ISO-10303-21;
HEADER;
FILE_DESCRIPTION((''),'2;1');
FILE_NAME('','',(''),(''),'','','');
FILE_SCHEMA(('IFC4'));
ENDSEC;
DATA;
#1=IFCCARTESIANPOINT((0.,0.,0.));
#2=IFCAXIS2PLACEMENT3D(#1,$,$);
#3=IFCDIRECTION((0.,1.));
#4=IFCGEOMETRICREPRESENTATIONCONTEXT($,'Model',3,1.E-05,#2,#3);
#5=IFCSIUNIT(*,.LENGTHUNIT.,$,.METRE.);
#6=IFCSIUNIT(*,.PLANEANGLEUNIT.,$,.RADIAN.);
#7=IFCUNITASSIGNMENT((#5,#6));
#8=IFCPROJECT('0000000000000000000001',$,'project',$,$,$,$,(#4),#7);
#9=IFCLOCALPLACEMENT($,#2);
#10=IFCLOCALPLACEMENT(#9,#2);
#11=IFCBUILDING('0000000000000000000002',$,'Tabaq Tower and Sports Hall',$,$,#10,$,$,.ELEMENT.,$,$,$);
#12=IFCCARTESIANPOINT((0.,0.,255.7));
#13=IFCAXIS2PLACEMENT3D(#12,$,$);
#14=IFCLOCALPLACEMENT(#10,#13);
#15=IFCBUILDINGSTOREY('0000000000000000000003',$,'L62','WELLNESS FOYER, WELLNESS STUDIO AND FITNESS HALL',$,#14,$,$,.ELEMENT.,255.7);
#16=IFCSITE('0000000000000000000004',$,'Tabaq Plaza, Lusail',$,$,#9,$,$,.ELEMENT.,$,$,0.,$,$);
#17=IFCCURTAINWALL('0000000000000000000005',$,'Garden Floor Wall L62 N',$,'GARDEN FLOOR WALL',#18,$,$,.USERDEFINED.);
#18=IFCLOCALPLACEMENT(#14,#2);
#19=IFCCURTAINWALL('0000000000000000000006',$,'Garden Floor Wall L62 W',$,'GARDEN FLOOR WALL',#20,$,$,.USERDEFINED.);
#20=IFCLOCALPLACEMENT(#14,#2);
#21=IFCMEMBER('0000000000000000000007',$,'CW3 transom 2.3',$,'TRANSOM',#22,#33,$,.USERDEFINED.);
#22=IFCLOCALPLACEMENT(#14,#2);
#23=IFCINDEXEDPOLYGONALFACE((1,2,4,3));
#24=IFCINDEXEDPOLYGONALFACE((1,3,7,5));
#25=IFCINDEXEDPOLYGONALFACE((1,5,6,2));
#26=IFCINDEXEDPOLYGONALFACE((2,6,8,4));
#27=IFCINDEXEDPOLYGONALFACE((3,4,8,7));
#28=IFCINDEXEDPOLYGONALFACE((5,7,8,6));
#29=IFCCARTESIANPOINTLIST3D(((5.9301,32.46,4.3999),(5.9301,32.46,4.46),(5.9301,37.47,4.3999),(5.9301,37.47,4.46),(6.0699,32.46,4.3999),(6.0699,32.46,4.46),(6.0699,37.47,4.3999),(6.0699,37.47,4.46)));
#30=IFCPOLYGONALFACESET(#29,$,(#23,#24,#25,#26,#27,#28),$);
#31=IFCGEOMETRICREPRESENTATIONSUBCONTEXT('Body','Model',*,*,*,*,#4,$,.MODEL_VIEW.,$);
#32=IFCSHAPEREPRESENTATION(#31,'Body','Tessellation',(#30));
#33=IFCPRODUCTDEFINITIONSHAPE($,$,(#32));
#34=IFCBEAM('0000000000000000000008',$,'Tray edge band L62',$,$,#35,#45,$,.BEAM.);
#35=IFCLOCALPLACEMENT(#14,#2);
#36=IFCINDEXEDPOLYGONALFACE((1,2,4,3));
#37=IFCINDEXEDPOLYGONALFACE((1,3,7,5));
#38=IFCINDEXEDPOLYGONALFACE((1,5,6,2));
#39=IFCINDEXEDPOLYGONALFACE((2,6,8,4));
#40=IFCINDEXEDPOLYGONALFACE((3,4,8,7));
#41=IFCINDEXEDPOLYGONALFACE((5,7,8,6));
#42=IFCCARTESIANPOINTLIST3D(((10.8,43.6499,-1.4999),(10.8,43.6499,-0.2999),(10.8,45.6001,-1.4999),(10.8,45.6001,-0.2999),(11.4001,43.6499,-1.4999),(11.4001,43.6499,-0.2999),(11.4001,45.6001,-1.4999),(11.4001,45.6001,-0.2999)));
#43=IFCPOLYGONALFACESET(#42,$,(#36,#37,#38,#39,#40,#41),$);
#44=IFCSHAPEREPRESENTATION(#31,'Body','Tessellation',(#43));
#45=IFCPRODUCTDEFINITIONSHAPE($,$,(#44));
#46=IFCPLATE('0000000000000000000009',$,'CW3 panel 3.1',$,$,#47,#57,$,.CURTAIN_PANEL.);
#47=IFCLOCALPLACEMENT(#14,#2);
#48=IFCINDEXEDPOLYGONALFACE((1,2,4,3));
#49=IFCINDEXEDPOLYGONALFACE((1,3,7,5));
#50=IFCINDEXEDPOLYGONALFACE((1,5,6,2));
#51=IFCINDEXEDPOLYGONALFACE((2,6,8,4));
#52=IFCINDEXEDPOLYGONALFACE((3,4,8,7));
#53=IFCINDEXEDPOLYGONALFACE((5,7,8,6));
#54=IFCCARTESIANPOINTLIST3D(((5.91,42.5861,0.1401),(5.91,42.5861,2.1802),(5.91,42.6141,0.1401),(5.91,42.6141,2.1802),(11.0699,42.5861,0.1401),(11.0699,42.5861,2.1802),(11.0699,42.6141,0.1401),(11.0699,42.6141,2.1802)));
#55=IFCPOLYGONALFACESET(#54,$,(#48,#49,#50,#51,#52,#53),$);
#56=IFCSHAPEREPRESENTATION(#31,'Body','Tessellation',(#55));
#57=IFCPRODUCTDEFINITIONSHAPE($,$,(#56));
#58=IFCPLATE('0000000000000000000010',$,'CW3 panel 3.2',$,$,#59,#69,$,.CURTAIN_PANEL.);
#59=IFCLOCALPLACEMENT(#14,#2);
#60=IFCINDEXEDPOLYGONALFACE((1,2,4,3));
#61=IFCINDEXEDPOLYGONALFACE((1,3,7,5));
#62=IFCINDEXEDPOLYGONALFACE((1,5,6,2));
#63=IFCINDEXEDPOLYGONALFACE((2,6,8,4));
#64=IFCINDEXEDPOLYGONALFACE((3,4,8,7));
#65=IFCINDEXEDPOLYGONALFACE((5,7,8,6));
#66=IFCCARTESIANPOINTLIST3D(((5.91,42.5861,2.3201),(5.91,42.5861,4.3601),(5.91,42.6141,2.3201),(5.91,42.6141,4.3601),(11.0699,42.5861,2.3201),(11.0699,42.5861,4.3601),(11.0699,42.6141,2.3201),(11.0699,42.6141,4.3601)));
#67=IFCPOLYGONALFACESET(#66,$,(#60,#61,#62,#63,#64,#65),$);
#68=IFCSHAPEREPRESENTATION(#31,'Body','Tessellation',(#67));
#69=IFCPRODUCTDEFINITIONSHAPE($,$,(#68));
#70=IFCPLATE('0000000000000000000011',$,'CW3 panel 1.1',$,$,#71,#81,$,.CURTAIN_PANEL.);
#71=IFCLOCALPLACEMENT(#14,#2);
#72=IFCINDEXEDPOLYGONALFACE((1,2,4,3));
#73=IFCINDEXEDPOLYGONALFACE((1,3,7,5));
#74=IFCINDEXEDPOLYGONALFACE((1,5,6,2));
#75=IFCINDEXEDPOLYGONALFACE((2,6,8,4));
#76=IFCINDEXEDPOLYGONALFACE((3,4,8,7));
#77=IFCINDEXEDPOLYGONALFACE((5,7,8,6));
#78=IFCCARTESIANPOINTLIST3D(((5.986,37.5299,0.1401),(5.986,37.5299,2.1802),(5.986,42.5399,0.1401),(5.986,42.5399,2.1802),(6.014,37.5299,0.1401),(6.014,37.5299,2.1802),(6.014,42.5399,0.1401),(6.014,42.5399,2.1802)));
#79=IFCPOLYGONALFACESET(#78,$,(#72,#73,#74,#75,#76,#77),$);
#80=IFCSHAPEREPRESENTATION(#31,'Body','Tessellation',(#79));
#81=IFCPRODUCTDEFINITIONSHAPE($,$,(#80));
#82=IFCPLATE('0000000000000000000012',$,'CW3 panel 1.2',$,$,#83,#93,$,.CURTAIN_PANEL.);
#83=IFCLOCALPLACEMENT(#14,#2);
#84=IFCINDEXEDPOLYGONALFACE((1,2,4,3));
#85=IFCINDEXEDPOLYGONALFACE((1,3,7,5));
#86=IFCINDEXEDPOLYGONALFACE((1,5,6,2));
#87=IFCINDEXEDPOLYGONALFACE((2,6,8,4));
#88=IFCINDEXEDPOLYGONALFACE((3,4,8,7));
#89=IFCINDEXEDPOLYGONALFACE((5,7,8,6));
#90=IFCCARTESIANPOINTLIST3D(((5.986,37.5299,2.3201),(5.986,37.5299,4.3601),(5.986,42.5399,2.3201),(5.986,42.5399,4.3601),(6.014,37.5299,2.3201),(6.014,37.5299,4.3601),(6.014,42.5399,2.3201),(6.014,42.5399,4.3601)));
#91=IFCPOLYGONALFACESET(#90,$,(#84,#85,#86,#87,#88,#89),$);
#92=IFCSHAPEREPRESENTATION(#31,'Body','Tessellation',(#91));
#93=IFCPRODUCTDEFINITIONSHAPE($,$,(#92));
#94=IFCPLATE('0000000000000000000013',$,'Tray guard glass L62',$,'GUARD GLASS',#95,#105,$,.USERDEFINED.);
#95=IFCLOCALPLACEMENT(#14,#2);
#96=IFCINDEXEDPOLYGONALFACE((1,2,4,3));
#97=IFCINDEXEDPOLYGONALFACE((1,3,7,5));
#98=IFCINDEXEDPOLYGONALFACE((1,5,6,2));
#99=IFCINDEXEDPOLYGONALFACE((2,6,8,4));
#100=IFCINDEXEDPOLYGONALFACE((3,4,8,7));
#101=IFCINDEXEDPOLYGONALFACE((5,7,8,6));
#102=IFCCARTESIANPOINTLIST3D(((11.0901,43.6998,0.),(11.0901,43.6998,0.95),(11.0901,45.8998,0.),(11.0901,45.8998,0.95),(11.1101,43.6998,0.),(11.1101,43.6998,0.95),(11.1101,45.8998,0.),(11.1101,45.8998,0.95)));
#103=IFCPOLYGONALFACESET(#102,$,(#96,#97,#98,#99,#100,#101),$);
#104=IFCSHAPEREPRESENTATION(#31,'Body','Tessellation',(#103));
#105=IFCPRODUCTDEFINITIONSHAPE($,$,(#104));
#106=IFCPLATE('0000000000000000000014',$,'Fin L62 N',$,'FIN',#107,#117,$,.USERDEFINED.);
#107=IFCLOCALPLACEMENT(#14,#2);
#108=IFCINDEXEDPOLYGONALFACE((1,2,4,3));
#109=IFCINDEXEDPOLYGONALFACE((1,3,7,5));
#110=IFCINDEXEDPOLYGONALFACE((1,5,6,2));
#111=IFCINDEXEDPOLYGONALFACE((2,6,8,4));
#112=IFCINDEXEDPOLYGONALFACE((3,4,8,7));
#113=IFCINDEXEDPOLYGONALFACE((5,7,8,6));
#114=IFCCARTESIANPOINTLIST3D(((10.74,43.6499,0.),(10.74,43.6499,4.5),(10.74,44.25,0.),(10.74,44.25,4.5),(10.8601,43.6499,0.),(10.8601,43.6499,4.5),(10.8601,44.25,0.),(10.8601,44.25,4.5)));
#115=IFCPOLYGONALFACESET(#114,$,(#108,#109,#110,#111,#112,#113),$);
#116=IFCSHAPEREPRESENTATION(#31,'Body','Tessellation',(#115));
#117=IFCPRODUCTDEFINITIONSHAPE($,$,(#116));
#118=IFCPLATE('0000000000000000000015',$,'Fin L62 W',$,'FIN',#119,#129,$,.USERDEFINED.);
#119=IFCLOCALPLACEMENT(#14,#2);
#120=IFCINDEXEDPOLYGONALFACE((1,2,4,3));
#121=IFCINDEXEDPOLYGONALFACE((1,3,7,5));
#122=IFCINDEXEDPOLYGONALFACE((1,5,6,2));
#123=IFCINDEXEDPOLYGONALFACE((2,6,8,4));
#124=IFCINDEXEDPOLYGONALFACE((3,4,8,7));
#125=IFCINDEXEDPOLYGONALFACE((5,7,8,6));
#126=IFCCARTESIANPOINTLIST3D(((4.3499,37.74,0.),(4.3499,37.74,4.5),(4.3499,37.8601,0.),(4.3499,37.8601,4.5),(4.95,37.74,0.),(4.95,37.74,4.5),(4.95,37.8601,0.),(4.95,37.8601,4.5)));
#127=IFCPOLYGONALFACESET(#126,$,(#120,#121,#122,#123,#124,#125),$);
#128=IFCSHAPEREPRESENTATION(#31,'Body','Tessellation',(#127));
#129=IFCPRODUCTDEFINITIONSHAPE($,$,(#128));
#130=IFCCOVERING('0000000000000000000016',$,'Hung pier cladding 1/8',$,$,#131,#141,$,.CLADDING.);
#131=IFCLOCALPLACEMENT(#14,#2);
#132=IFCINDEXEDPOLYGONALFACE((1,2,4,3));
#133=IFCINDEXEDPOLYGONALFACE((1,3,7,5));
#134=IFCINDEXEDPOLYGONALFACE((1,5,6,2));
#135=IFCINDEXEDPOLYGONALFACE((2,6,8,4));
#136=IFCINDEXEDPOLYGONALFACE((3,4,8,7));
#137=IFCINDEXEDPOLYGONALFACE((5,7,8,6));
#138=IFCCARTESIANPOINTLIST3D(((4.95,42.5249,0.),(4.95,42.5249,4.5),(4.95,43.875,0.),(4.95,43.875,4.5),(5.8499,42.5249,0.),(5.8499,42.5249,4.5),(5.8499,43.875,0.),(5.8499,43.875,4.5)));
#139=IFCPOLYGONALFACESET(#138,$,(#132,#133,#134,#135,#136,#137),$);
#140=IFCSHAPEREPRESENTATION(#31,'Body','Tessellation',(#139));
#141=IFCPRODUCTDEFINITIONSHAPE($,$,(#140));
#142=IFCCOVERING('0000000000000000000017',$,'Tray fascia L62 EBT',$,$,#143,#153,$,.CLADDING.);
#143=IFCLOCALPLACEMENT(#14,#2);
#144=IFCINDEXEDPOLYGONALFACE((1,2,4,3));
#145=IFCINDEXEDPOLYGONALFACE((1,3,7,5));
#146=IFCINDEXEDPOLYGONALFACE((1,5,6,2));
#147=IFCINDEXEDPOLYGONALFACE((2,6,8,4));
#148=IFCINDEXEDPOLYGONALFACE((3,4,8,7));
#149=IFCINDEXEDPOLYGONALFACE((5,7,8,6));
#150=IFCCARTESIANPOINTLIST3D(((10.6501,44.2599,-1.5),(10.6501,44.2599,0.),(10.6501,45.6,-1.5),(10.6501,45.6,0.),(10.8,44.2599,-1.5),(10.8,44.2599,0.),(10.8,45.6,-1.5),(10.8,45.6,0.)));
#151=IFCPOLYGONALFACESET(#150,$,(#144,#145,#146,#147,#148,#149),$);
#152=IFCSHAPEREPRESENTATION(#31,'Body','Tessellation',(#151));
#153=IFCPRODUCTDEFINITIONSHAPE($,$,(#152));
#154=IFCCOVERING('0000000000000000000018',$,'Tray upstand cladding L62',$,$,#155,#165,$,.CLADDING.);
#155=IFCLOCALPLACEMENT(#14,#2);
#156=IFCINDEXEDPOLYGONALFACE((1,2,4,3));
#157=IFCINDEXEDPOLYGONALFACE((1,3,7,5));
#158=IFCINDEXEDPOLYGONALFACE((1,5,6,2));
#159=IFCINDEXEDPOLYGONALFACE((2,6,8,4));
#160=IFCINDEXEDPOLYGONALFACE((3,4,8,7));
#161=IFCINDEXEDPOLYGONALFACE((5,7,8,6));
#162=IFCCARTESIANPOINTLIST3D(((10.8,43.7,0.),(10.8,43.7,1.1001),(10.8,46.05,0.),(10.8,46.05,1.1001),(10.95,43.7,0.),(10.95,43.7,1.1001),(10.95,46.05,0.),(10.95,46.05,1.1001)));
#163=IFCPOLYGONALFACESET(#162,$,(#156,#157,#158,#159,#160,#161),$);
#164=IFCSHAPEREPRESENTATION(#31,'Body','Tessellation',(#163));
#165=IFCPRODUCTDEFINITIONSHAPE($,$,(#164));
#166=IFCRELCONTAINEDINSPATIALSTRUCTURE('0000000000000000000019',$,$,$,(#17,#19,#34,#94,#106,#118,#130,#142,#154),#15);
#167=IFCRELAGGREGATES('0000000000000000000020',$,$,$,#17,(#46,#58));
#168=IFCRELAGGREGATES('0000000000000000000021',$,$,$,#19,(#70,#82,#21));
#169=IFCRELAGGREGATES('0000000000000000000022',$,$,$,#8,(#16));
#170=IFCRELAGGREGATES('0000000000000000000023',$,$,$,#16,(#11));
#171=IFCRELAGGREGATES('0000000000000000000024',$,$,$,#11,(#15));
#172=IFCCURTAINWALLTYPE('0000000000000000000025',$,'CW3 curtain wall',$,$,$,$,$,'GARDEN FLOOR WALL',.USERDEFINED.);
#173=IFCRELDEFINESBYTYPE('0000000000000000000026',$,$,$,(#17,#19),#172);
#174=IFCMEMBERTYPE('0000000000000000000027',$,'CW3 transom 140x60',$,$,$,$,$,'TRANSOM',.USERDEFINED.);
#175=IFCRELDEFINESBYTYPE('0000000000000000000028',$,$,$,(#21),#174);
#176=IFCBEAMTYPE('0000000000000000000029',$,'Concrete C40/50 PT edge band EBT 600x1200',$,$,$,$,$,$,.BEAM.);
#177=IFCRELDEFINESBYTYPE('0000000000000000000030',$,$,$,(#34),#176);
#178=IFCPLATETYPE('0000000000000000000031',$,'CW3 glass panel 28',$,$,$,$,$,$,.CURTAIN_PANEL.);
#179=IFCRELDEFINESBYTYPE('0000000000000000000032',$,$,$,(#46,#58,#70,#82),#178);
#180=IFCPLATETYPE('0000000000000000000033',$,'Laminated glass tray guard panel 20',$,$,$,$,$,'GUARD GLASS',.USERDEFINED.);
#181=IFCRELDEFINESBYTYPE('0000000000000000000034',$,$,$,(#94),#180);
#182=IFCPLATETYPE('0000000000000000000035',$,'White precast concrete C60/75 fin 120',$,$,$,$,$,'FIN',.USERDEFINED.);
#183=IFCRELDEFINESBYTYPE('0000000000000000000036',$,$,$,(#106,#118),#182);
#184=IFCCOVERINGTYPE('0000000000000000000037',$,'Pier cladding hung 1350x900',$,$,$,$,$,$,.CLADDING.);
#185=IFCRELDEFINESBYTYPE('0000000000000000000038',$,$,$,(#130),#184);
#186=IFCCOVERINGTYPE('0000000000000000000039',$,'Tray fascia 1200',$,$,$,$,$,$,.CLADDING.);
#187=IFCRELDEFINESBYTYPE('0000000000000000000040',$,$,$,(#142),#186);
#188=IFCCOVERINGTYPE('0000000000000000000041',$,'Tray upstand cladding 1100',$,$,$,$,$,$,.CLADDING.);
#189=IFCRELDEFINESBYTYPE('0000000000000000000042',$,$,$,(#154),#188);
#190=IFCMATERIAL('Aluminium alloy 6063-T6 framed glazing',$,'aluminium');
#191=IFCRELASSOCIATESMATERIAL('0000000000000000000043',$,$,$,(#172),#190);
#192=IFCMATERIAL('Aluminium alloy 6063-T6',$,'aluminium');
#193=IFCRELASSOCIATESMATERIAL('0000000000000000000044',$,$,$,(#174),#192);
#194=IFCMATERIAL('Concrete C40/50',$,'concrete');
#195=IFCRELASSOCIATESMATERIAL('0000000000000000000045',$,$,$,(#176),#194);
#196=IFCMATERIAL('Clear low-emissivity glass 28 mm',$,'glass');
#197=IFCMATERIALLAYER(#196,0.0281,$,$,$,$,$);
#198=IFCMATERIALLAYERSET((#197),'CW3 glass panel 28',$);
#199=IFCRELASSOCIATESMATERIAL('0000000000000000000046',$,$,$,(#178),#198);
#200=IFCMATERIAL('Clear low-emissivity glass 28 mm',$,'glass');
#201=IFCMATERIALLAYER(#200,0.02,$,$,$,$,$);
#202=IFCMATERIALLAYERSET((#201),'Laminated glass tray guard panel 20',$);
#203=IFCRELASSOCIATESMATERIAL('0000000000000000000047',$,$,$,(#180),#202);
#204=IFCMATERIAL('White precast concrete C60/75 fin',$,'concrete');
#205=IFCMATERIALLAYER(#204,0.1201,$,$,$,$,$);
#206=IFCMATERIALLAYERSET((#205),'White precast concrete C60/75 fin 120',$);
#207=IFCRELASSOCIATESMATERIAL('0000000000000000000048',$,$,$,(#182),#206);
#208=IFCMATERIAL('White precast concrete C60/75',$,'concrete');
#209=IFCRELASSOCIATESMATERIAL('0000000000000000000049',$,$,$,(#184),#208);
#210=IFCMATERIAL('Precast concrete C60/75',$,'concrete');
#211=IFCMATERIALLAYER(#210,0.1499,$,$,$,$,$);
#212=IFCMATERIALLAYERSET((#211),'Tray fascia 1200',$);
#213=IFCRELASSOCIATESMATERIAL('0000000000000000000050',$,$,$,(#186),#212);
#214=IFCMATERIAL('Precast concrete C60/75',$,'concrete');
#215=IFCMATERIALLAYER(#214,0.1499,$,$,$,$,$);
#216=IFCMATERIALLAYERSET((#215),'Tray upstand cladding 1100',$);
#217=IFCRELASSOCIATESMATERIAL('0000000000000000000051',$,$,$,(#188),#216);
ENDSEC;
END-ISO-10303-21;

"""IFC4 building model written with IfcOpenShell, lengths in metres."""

from ifc_helpers import new_model, si_unit, direction, frame, frame_2d, origin, origin_2d, place, context, subcontext, project, spatial, rectangle, extrude, material, layer, layer_set, material_profile, profile_set, type_object, element, aggregate, save


model = new_model("IFC4")

# Units and contexts
model_context = context("Model", 3, precision=1e-05, world=origin(), true_north=direction((0.0, 1.0)))
body_context = subcontext(model_context, "Body", "Model", "MODEL_VIEW")
ifc_project = project(units=[si_unit("LENGTHUNIT", "METRE"), si_unit("PLANEANGLEUNIT", "RADIAN")], contexts=[model_context])

# Site, building, storey
site_placement = place(None, origin())
site = spatial("IfcSite", under=ifc_project, at=site_placement, Name="Tabaq Plaza, Lusail", CompositionType="ELEMENT", RefElevation=0.0)
building_placement = place(site_placement, origin())
building = spatial("IfcBuilding", under=site, at=building_placement, Name="Tabaq Tower and Sports Hall", CompositionType="ELEMENT")
storey_placement = place(building_placement, frame((0.0, 0.0, 255.7)))
storey = spatial("IfcBuildingStorey", under=building, at=storey_placement, Name="L62", Description="WELLNESS FOYER, WELLNESS STUDIO AND FITNESS HALL", CompositionType="ELEMENT", Elevation=255.7)

# Curtain walls
ifc_material_1 = material(Name="Aluminium alloy 6063-T6 framed glazing", Category="aluminium")
curtain_wall_type = type_object("IfcCurtainWallType", Name="CW3 curtain wall", ElementType="GARDEN FLOOR WALL", PredefinedType="USERDEFINED", material=ifc_material_1)
curtain_wall_1_placement = place(storey_placement, origin())
curtain_wall_1 = element("IfcCurtainWall", 1, at=curtain_wall_1_placement, inside=storey, type_object=curtain_wall_type, Name="Garden Floor Wall L62 N", ObjectType="GARDEN FLOOR WALL", PredefinedType="USERDEFINED")
curtain_wall_2_placement = place(storey_placement, origin())
curtain_wall_2 = element("IfcCurtainWall", 2, at=curtain_wall_2_placement, inside=storey, type_object=curtain_wall_type, Name="Garden Floor Wall L62 W", ObjectType="GARDEN FLOOR WALL", PredefinedType="USERDEFINED")

# Member
ifc_material_2 = material(Name="Aluminium alloy 6063-T6", Category="aluminium")
ifc_material_profile_1 = material_profile(ifc_material_2, rectangle(XDim=0.1399, YDim=0.0601, at=origin_2d()), Name="TRANSOM 140x60")
ifc_profile_set_1 = profile_set([ifc_material_profile_1], Name="Aluminium alloy 6063-T6")
member_type_1 = type_object("IfcMemberType", Name="CW3 transom 140x60", ElementType="TRANSOM", PredefinedType="USERDEFINED", material=ifc_profile_set_1)
member_1_placement = place(storey_placement, frame((6.0, 37.47, 4.4299), z_axis=(0.0, -1.0, 0.0), x_axis=(1.0, 0.0, 0.0)))
member_1 = element("IfcMember", 3, at=member_1_placement, type_object=member_type_1, Name="CW3 transom 2.3", ObjectType="TRANSOM", PredefinedType="USERDEFINED", context=body_context, shape_type="SweptSolid", body=[
    extrude(rectangle(XDim=0.1399, YDim=0.0601, at=origin_2d()), origin(), (0.0, 0.0, 1.0), 5.01),
])

# Beam
ifc_material_3 = material(Name="Concrete C40/50", Category="concrete")
ifc_material_profile_2 = material_profile(ifc_material_3, rectangle(XDim=0.6001, YDim=1.2, at=origin_2d()), Name="EBT 600x1200")
ifc_profile_set_2 = profile_set([ifc_material_profile_2], Name="Concrete C40/50")
beam_type = type_object("IfcBeamType", Name="Concrete C40/50 PT edge band EBT 600x1200", PredefinedType="BEAM", material=ifc_profile_set_2)
beam_placement = place(storey_placement, frame((11.1001, 43.6499, -0.8999), z_axis=(0.0, 1.0, 0.0), x_axis=(-1.0, 0.0, 0.0)))
element("IfcBeam", 4, at=beam_placement, inside=storey, type_object=beam_type, Name="Tray edge band L62", PredefinedType="BEAM", context=body_context, shape_type="SweptSolid", body=[
    extrude(rectangle(XDim=0.6001, YDim=1.2, at=origin_2d()), origin(), (0.0, 0.0, 1.0), 1.9502),
])

# Plates
ifc_material_4 = material(Name="Clear low-emissivity glass 28 mm", Category="glass")
ifc_layer_1 = layer(ifc_material_4, 0.0281)
ifc_layer_set_1 = layer_set([ifc_layer_1], Name="CW3 glass panel 28")
plate_type_1 = type_object("IfcPlateType", Name="CW3 glass panel 28", PredefinedType="CURTAIN_PANEL", material=ifc_layer_set_1)
plate_1_placement = place(storey_placement, frame((8.49, 42.6001, 0.1401), z_axis=(0.0, 0.0, 1.0), x_axis=(-1.0, 0.0, 0.0)))
plate_1 = element("IfcPlate", 5, at=plate_1_placement, type_object=plate_type_1, Name="CW3 panel 3.1", PredefinedType="CURTAIN_PANEL", context=body_context, shape_type="SweptSolid", body=[
    extrude(rectangle(XDim=5.1599, YDim=0.0281, at=origin_2d()), origin(), (0.0, 0.0, 1.0), 2.04),
])
plate_2_placement = place(storey_placement, frame((8.49, 42.6001, 2.3201), z_axis=(0.0, 0.0, 1.0), x_axis=(-1.0, 0.0, 0.0)))
plate_2 = element("IfcPlate", 6, at=plate_2_placement, type_object=plate_type_1, Name="CW3 panel 3.2", PredefinedType="CURTAIN_PANEL", context=body_context, shape_type="SweptSolid", body=[
    extrude(rectangle(XDim=5.1599, YDim=0.0281, at=origin_2d()), origin(), (0.0, 0.0, 1.0), 2.04),
])
aggregate(curtain_wall_1, [plate_1, plate_2])
plate_3_placement = place(storey_placement, frame((6.0, 40.0349, 0.1401), z_axis=(0.0, 0.0, 1.0), x_axis=(0.0, -1.0, 0.0)))
plate_3 = element("IfcPlate", 7, at=plate_3_placement, type_object=plate_type_1, Name="CW3 panel 1.1", PredefinedType="CURTAIN_PANEL", context=body_context, shape_type="SweptSolid", body=[
    extrude(rectangle(XDim=5.01, YDim=0.0281, at=origin_2d()), origin(), (0.0, 0.0, 1.0), 2.04),
])
plate_4_placement = place(storey_placement, frame((6.0, 40.0349, 2.3201), z_axis=(0.0, 0.0, 1.0), x_axis=(0.0, -1.0, 0.0)))
plate_4 = element("IfcPlate", 8, at=plate_4_placement, type_object=plate_type_1, Name="CW3 panel 1.2", PredefinedType="CURTAIN_PANEL", context=body_context, shape_type="SweptSolid", body=[
    extrude(rectangle(XDim=5.01, YDim=0.0281, at=origin_2d()), origin(), (0.0, 0.0, 1.0), 2.04),
])
aggregate(curtain_wall_2, [plate_3, plate_4, member_1])

# Plates
ifc_material_5 = material(Name="Clear low-emissivity glass 28 mm", Category="glass")
ifc_layer_2 = layer(ifc_material_5, 0.02)
ifc_layer_set_2 = layer_set([ifc_layer_2], Name="Laminated glass tray guard panel 20")
plate_type_2 = type_object("IfcPlateType", Name="Laminated glass tray guard panel 20", ElementType="GUARD GLASS", PredefinedType="USERDEFINED", material=ifc_layer_set_2)
plate_5_placement = place(storey_placement, frame((11.1001, 45.8999, 0.0), z_axis=(0.0, 0.0, 1.0), x_axis=(0.0, -1.0, 0.0)))
element("IfcPlate", 9, at=plate_5_placement, inside=storey, type_object=plate_type_2, Name="Tray guard glass L62", ObjectType="GUARD GLASS", PredefinedType="USERDEFINED", context=body_context, shape_type="SweptSolid", body=[
    extrude(rectangle(XDim=2.2, YDim=0.02, at=frame_2d((1.1001, 0.0))), origin(), (0.0, 0.0, 1.0), 0.95),
])
ifc_material_6 = material(Name="White precast concrete C60/75 fin", Category="concrete")
ifc_layer_3 = layer(ifc_material_6, 0.1201)
ifc_layer_set_3 = layer_set([ifc_layer_3], Name="White precast concrete C60/75 fin 120")
plate_type_3 = type_object("IfcPlateType", Name="White precast concrete C60/75 fin 120", ElementType="FIN", PredefinedType="USERDEFINED", material=ifc_layer_set_3)
for number, where, z_axis, x_axis, name in (
    (10, (10.8, 43.95, 0.0), (0.0, 0.0, 1.0), (-1.0, 0.0, 0.0), "Fin L62 N"),
    (11, (4.6499, 37.8, 0.0), (0.0, 0.0, 1.0), (0.0, -1.0, 0.0), "Fin L62 W"),
):
    element("IfcPlate", number, at=place(storey_placement, frame(where, z_axis=z_axis, x_axis=x_axis)), inside=storey, type_object=plate_type_3, Name=name, ObjectType="FIN", PredefinedType="USERDEFINED", context=body_context, shape_type="SweptSolid", body=[
        extrude(rectangle(XDim=0.1201, YDim=0.6001, at=origin_2d()), origin(), (0.0, 0.0, 1.0), 4.5),
    ])

# Coverings
ifc_material_7 = material(Name="White precast concrete C60/75", Category="concrete")
covering_type_1 = type_object("IfcCoveringType", Name="Pier cladding hung 1350x900", PredefinedType="CLADDING", material=ifc_material_7)
covering_1_placement = place(storey_placement, frame((5.3999, 43.875, 0.0), z_axis=(0.0, 0.0, 1.0), x_axis=(0.0, -1.0, 0.0)))
element("IfcCovering", 12, at=covering_1_placement, inside=storey, type_object=covering_type_1, Name="Hung pier cladding 1/8", PredefinedType="CLADDING", context=body_context, shape_type="SweptSolid", body=[
    extrude(rectangle(XDim=1.3501, YDim=0.8999, at=frame_2d((0.675, 0.0))), origin(), (0.0, 0.0, 1.0), 4.5),
])
ifc_material_8 = material(Name="Precast concrete C60/75", Category="concrete")
ifc_layer_4 = layer(ifc_material_8, 0.1499)
ifc_layer_set_4 = layer_set([ifc_layer_4], Name="Tray fascia 1200")
covering_type_2 = type_object("IfcCoveringType", Name="Tray fascia 1200", PredefinedType="CLADDING", material=ifc_layer_set_4)
covering_2_placement = place(storey_placement, frame((10.7251, 44.26, -1.5), z_axis=(0.0, 0.0, 1.0), x_axis=(0.0, 1.0, 0.0)))
element("IfcCovering", 13, at=covering_2_placement, inside=storey, type_object=covering_type_2, Name="Tray fascia L62 EBT", PredefinedType="CLADDING", context=body_context, shape_type="SweptSolid", body=[
    extrude(rectangle(XDim=1.3401, YDim=0.1499, at=frame_2d((0.6699, 0.0))), origin(), (0.0, 0.0, 1.0), 1.5),
])
ifc_material_9 = material(Name="Precast concrete C60/75", Category="concrete")
ifc_layer_5 = layer(ifc_material_9, 0.1499)
ifc_layer_set_5 = layer_set([ifc_layer_5], Name="Tray upstand cladding 1100")
covering_type_3 = type_object("IfcCoveringType", Name="Tray upstand cladding 1100", PredefinedType="CLADDING", material=ifc_layer_set_5)
covering_3_placement = place(storey_placement, frame((10.875, 43.7, 0.0), z_axis=(0.0, 0.0, 1.0), x_axis=(0.0, 1.0, 0.0)))
element("IfcCovering", 14, at=covering_3_placement, inside=storey, type_object=covering_type_3, Name="Tray upstand cladding L62", PredefinedType="CLADDING", context=body_context, shape_type="SweptSolid", body=[
    extrude(rectangle(XDim=2.3501, YDim=0.1499, at=frame_2d((1.175, 0.0))), origin(), (0.0, 0.0, 1.0), 1.1001),
])

save(model, "model.ifc")
